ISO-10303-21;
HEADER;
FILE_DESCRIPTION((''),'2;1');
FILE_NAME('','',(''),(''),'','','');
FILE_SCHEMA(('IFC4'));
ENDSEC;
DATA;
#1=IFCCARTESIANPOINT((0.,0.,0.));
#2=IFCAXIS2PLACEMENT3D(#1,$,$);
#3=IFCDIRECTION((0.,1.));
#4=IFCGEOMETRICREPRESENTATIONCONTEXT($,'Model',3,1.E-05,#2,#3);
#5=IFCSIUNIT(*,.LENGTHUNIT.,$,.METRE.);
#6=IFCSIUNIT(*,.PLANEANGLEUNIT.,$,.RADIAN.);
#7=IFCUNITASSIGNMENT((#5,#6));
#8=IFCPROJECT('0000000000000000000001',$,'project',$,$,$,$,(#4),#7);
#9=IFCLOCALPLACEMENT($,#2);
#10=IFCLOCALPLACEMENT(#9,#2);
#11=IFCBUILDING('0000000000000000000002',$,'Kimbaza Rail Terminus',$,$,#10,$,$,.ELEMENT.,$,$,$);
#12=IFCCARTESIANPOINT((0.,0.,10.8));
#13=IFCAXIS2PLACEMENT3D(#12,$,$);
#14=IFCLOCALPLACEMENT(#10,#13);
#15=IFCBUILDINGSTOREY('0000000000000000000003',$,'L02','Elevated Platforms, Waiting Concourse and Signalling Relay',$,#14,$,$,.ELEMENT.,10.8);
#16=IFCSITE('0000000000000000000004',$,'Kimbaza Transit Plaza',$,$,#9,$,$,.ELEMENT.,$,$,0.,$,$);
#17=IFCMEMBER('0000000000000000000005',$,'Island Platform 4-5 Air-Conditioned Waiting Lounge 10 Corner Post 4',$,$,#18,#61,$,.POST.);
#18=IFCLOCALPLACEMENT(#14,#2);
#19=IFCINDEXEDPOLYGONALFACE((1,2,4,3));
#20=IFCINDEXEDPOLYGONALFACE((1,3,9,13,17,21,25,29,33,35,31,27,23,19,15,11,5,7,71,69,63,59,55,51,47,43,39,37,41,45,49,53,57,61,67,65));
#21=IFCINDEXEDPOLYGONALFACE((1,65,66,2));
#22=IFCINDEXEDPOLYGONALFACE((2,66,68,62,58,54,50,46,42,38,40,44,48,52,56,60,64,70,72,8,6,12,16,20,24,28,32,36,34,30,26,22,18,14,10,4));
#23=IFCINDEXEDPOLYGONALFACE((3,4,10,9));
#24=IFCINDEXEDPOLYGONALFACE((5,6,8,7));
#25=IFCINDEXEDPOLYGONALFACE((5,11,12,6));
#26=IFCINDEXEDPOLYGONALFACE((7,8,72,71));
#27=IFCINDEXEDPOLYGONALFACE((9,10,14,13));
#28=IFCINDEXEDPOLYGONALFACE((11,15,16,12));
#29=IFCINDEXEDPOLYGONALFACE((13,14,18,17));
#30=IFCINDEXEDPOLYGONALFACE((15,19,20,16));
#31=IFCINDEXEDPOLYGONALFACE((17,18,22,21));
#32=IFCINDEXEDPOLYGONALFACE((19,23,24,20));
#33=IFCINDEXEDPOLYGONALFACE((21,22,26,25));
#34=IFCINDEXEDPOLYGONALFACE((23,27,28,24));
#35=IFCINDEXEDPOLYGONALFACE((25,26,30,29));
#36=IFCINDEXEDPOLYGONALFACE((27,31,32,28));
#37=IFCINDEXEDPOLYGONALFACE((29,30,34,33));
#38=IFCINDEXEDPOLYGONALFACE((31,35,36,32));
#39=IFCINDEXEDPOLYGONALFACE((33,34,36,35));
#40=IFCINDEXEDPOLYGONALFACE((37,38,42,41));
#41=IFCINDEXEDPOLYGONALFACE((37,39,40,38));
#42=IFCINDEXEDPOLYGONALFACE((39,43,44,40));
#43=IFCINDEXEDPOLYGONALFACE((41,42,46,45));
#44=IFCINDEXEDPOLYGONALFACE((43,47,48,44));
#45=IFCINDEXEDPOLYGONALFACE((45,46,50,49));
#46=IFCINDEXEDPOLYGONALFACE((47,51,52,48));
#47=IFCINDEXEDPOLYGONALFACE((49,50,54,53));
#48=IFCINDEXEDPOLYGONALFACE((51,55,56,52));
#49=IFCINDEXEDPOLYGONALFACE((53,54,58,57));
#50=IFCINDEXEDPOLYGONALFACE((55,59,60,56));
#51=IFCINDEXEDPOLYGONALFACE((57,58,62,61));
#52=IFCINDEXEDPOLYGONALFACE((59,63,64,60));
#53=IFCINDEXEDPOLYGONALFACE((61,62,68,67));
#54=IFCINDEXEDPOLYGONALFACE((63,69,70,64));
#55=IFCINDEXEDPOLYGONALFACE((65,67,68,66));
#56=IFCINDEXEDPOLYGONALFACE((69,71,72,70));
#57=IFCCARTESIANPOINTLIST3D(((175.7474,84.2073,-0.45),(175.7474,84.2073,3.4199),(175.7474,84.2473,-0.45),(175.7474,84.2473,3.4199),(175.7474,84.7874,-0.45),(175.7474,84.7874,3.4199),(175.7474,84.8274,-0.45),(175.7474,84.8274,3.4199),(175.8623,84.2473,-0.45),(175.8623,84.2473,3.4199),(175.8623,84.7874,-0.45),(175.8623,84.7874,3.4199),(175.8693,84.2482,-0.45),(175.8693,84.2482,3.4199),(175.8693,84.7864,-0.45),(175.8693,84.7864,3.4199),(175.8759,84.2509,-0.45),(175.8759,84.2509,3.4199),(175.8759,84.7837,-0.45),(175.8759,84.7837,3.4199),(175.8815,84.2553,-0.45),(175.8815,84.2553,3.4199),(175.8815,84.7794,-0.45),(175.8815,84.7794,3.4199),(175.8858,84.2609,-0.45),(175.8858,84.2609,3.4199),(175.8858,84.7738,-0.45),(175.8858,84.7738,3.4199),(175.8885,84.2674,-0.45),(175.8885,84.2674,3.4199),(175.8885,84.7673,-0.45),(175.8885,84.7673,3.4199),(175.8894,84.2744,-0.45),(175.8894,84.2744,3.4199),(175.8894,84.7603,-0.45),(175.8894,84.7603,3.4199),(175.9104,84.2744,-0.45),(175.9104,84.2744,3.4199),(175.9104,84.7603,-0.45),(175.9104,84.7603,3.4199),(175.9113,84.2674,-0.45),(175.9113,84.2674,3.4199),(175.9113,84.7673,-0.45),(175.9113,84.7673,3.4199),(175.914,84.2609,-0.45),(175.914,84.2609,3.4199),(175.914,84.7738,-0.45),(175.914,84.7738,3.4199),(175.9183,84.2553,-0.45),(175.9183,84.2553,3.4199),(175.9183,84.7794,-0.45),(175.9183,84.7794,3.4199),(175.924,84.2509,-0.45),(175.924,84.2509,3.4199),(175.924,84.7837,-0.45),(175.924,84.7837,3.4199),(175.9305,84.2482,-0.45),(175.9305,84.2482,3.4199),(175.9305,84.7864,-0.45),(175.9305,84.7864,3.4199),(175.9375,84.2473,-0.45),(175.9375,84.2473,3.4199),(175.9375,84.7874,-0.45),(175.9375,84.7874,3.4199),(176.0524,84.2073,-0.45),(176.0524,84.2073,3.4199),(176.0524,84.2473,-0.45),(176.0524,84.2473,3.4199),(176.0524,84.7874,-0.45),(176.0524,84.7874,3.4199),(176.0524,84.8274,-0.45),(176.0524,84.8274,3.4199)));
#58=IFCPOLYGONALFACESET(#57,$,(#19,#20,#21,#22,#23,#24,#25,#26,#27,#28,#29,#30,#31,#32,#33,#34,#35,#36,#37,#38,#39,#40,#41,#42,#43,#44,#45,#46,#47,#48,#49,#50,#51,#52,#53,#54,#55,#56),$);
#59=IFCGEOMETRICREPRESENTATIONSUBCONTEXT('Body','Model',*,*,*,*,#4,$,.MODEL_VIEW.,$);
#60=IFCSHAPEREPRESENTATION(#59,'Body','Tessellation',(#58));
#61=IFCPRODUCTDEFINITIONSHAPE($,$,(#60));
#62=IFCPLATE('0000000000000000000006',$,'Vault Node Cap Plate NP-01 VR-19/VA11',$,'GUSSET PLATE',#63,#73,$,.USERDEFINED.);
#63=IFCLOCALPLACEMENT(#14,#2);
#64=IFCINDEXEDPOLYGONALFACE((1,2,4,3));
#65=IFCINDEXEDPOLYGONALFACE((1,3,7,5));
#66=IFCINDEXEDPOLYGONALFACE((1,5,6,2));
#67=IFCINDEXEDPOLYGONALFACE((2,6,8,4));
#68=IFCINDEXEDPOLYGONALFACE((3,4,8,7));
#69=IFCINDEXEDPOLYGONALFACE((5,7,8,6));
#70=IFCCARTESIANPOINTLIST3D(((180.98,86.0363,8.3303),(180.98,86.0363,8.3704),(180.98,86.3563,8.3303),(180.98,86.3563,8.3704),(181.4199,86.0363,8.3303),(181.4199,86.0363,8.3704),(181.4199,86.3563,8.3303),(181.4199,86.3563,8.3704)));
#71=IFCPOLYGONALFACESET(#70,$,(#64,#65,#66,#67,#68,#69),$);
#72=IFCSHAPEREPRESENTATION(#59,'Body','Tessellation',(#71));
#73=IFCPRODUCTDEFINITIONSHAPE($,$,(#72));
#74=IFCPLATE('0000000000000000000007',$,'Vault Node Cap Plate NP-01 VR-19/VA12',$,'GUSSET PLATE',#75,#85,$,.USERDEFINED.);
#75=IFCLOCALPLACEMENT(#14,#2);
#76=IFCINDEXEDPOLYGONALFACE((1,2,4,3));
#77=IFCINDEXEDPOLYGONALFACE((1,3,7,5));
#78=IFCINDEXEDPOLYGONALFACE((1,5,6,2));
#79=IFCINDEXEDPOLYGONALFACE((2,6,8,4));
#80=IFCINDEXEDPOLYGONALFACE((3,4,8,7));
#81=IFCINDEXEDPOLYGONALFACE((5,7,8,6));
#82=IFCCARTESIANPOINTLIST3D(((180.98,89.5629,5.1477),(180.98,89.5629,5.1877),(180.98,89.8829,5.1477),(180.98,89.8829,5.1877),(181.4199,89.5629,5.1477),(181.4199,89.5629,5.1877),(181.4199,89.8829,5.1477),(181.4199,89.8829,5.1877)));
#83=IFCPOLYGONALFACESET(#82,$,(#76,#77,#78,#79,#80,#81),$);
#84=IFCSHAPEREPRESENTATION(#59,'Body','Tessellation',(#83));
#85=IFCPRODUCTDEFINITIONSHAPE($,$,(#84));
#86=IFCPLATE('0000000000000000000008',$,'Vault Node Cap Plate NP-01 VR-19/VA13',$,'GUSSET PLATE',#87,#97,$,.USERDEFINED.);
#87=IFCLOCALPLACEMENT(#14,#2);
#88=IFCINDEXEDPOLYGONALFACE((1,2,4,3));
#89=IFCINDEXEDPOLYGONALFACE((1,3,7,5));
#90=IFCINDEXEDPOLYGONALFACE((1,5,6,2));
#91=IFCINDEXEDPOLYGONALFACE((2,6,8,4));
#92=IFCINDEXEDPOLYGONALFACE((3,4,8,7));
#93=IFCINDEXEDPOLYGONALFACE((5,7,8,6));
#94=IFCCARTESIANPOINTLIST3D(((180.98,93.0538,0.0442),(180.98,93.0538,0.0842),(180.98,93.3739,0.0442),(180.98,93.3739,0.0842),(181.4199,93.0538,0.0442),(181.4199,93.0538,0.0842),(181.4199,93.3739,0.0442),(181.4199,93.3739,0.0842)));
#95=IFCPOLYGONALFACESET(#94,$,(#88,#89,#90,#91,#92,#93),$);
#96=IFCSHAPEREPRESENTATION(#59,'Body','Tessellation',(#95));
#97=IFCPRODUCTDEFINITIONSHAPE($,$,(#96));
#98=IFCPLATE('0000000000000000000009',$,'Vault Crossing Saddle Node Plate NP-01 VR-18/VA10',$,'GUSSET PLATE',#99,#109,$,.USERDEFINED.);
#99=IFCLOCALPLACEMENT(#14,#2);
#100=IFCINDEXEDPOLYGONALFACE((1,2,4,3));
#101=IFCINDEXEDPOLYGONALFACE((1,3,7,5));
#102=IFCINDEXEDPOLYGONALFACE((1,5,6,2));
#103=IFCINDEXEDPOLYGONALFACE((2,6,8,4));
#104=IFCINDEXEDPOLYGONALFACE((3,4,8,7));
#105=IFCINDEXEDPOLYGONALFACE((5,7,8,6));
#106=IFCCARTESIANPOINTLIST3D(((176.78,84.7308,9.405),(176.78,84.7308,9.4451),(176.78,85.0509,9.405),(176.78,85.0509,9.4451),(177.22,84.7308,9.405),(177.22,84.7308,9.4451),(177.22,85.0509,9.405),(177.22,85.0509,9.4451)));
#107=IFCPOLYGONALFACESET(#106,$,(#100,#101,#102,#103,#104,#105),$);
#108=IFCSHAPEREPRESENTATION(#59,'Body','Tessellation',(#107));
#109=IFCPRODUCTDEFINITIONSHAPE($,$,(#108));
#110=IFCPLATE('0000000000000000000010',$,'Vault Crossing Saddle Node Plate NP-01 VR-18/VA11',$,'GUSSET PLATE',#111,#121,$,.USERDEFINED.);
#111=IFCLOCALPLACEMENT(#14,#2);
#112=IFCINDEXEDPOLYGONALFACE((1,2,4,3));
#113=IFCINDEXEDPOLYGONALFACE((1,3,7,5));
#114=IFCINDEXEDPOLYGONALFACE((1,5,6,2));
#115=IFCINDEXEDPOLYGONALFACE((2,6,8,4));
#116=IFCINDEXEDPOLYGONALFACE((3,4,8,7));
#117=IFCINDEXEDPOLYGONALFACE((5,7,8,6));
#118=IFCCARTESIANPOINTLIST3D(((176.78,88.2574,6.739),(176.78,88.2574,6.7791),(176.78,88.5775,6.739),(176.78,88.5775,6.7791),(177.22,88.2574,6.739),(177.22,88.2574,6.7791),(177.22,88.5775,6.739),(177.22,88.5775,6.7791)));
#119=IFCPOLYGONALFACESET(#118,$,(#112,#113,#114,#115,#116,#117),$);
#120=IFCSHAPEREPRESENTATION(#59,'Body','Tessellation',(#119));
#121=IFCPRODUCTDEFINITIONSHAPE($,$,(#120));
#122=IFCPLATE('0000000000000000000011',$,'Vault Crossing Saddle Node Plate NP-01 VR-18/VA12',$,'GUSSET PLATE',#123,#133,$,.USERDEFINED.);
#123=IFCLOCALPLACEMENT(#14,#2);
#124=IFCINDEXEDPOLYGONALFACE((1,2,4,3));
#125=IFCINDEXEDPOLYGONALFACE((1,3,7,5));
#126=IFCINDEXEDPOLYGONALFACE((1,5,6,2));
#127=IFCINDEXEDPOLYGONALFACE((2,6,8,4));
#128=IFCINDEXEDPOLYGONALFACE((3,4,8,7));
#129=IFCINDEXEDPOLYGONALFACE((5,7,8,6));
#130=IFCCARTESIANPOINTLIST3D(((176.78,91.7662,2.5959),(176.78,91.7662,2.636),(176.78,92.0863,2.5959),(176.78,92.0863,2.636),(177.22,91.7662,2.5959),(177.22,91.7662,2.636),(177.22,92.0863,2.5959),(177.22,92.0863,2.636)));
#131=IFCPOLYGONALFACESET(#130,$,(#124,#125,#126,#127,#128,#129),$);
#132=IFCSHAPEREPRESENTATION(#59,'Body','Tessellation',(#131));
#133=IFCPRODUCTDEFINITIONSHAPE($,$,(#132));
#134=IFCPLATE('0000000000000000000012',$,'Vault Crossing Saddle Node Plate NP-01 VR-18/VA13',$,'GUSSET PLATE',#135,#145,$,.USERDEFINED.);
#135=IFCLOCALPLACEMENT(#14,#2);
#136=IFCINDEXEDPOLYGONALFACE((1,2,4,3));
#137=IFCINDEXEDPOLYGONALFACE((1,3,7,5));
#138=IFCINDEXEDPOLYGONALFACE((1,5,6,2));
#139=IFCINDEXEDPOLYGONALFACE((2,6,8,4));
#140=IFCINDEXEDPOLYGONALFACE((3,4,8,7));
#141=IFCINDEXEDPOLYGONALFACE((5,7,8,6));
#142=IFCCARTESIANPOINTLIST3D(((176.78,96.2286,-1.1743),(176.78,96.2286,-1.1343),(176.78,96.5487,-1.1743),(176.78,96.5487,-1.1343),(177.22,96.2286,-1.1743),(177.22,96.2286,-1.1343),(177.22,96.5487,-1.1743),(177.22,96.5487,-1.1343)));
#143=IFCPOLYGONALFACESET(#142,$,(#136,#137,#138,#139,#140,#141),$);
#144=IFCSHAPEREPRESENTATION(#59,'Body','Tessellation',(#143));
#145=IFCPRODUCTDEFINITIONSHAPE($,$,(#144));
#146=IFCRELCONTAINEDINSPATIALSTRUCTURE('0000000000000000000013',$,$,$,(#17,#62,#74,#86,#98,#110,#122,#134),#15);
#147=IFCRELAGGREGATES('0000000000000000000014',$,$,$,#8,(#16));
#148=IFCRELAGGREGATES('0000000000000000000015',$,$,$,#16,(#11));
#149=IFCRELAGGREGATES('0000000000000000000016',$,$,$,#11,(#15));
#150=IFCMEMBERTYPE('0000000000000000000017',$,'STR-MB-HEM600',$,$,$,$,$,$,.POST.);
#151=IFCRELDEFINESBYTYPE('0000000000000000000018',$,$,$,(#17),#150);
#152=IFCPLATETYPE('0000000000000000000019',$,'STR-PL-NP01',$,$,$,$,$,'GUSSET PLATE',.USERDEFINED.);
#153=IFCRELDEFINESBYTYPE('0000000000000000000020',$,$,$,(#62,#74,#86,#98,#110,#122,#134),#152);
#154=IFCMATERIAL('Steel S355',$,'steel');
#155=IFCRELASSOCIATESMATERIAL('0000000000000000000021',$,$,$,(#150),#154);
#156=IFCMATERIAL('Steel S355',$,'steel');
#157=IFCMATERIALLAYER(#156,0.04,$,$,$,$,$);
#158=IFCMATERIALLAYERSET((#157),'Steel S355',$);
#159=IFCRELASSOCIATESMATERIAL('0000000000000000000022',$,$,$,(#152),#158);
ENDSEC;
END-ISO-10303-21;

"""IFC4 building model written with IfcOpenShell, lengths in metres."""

from ifc_helpers import new_model, si_unit, direction, frame, origin, origin_2d, place, context, subcontext, project, spatial, rectangle, i_section, extrude, material, layer, layer_set, material_profile, profile_set, type_object, element, save


model = new_model("IFC4")

# Units and contexts
model_context = context("Model", 3, precision=1e-05, world=origin(), true_north=direction((0.0, 1.0)))
body_context = subcontext(model_context, "Body", "Model", "MODEL_VIEW")
ifc_project = project(units=[si_unit("LENGTHUNIT", "METRE"), si_unit("PLANEANGLEUNIT", "RADIAN")], contexts=[model_context])

# Site, building, storey
site_placement = place(None, origin())
site = spatial("IfcSite", under=ifc_project, at=site_placement, Name="Kimbaza Transit Plaza", CompositionType="ELEMENT", RefElevation=0.0)
building_placement = place(site_placement, origin())
building = spatial("IfcBuilding", under=site, at=building_placement, Name="Kimbaza Rail Terminus", CompositionType="ELEMENT")
storey_placement = place(building_placement, frame((0.0, 0.0, 10.8)))
storey = spatial("IfcBuildingStorey", under=building, at=storey_placement, Name="L02", Description="Elevated Platforms, Waiting Concourse and Signalling Relay", CompositionType="ELEMENT", Elevation=10.8)

# Member
ifc_material_1 = material(Name="Steel S355", Category="steel")
ifc_material_profile_1 = material_profile(ifc_material_1, i_section(OverallWidth=0.3049, OverallDepth=0.6201, WebThickness=0.021, FlangeThickness=0.04, FilletRadius=0.0271, at=origin_2d()), Name="HEM 600")
ifc_profile_set_1 = profile_set([ifc_material_profile_1], Name="Steel S355")
member_type_1 = type_object("IfcMemberType", Name="STR-MB-HEM600", PredefinedType="POST", material=ifc_profile_set_1)
member_1_placement = place(storey_placement, frame((175.8999, 84.5173, -0.45), z_axis=(0.0, 0.0, 1.0), x_axis=(1.0, 0.0, 0.0)))
element("IfcMember", 1, at=member_1_placement, inside=storey, type_object=member_type_1, Name="Island Platform 4-5 Air-Conditioned Waiting Lounge 10 Corner Post 4", PredefinedType="POST", context=body_context, shape_type="SweptSolid", body=[
    extrude(i_section(OverallWidth=0.3049, OverallDepth=0.6201, WebThickness=0.021, FlangeThickness=0.04, FilletRadius=0.0271, at=origin_2d()), origin(), (0.0, 0.0, 1.0), 3.8699),
])

# Plates
ifc_material_2 = material(Name="Steel S355", Category="steel")
ifc_layer = layer(ifc_material_2, 0.04)
ifc_layer_set = layer_set([ifc_layer], Name="Steel S355")
plate_type = type_object("IfcPlateType", Name="STR-PL-NP01", ElementType="GUSSET PLATE", PredefinedType="USERDEFINED", material=ifc_layer_set)
for number, where, z_axis, x_axis, name in (
    (2, (181.2, 86.1963, 8.3303), (0.0, 0.0, 1.0), (1.0, 0.0, 0.0), "Vault Node Cap Plate NP-01 VR-19/VA11"),
    (3, (181.2, 89.7229, 5.1477), (0.0, 0.0, 1.0), (1.0, 0.0, 0.0), "Vault Node Cap Plate NP-01 VR-19/VA12"),
    (4, (181.2, 93.2139, 0.0442), (0.0, 0.0, 1.0), (1.0, 0.0, 0.0), "Vault Node Cap Plate NP-01 VR-19/VA13"),
    (5, (177.0, 84.8909, 9.405), (0.0, 0.0, 1.0), (1.0, 0.0, 0.0), "Vault Crossing Saddle Node Plate NP-01 VR-18/VA10"),
    (6, (177.0, 88.4175, 6.739), (0.0, 0.0, 1.0), (1.0, 0.0, 0.0), "Vault Crossing Saddle Node Plate NP-01 VR-18/VA11"),
    (7, (177.0, 91.9263, 2.5959), (0.0, 0.0, 1.0), (1.0, 0.0, 0.0), "Vault Crossing Saddle Node Plate NP-01 VR-18/VA12"),
    (8, (177.0, 96.3887, -1.1743), (0.0, 0.0, 1.0), (1.0, 0.0, 0.0), "Vault Crossing Saddle Node Plate NP-01 VR-18/VA13"),
):
    element("IfcPlate", number, at=place(storey_placement, frame(where, z_axis=z_axis, x_axis=x_axis)), inside=storey, type_object=plate_type, Name=name, ObjectType="GUSSET PLATE", PredefinedType="USERDEFINED", context=body_context, shape_type="SweptSolid", body=[
        extrude(rectangle(XDim=0.4399, YDim=0.3201, at=origin_2d()), origin(), (0.0, 0.0, 1.0), 0.04),
    ])

save(model, "model.ifc")
